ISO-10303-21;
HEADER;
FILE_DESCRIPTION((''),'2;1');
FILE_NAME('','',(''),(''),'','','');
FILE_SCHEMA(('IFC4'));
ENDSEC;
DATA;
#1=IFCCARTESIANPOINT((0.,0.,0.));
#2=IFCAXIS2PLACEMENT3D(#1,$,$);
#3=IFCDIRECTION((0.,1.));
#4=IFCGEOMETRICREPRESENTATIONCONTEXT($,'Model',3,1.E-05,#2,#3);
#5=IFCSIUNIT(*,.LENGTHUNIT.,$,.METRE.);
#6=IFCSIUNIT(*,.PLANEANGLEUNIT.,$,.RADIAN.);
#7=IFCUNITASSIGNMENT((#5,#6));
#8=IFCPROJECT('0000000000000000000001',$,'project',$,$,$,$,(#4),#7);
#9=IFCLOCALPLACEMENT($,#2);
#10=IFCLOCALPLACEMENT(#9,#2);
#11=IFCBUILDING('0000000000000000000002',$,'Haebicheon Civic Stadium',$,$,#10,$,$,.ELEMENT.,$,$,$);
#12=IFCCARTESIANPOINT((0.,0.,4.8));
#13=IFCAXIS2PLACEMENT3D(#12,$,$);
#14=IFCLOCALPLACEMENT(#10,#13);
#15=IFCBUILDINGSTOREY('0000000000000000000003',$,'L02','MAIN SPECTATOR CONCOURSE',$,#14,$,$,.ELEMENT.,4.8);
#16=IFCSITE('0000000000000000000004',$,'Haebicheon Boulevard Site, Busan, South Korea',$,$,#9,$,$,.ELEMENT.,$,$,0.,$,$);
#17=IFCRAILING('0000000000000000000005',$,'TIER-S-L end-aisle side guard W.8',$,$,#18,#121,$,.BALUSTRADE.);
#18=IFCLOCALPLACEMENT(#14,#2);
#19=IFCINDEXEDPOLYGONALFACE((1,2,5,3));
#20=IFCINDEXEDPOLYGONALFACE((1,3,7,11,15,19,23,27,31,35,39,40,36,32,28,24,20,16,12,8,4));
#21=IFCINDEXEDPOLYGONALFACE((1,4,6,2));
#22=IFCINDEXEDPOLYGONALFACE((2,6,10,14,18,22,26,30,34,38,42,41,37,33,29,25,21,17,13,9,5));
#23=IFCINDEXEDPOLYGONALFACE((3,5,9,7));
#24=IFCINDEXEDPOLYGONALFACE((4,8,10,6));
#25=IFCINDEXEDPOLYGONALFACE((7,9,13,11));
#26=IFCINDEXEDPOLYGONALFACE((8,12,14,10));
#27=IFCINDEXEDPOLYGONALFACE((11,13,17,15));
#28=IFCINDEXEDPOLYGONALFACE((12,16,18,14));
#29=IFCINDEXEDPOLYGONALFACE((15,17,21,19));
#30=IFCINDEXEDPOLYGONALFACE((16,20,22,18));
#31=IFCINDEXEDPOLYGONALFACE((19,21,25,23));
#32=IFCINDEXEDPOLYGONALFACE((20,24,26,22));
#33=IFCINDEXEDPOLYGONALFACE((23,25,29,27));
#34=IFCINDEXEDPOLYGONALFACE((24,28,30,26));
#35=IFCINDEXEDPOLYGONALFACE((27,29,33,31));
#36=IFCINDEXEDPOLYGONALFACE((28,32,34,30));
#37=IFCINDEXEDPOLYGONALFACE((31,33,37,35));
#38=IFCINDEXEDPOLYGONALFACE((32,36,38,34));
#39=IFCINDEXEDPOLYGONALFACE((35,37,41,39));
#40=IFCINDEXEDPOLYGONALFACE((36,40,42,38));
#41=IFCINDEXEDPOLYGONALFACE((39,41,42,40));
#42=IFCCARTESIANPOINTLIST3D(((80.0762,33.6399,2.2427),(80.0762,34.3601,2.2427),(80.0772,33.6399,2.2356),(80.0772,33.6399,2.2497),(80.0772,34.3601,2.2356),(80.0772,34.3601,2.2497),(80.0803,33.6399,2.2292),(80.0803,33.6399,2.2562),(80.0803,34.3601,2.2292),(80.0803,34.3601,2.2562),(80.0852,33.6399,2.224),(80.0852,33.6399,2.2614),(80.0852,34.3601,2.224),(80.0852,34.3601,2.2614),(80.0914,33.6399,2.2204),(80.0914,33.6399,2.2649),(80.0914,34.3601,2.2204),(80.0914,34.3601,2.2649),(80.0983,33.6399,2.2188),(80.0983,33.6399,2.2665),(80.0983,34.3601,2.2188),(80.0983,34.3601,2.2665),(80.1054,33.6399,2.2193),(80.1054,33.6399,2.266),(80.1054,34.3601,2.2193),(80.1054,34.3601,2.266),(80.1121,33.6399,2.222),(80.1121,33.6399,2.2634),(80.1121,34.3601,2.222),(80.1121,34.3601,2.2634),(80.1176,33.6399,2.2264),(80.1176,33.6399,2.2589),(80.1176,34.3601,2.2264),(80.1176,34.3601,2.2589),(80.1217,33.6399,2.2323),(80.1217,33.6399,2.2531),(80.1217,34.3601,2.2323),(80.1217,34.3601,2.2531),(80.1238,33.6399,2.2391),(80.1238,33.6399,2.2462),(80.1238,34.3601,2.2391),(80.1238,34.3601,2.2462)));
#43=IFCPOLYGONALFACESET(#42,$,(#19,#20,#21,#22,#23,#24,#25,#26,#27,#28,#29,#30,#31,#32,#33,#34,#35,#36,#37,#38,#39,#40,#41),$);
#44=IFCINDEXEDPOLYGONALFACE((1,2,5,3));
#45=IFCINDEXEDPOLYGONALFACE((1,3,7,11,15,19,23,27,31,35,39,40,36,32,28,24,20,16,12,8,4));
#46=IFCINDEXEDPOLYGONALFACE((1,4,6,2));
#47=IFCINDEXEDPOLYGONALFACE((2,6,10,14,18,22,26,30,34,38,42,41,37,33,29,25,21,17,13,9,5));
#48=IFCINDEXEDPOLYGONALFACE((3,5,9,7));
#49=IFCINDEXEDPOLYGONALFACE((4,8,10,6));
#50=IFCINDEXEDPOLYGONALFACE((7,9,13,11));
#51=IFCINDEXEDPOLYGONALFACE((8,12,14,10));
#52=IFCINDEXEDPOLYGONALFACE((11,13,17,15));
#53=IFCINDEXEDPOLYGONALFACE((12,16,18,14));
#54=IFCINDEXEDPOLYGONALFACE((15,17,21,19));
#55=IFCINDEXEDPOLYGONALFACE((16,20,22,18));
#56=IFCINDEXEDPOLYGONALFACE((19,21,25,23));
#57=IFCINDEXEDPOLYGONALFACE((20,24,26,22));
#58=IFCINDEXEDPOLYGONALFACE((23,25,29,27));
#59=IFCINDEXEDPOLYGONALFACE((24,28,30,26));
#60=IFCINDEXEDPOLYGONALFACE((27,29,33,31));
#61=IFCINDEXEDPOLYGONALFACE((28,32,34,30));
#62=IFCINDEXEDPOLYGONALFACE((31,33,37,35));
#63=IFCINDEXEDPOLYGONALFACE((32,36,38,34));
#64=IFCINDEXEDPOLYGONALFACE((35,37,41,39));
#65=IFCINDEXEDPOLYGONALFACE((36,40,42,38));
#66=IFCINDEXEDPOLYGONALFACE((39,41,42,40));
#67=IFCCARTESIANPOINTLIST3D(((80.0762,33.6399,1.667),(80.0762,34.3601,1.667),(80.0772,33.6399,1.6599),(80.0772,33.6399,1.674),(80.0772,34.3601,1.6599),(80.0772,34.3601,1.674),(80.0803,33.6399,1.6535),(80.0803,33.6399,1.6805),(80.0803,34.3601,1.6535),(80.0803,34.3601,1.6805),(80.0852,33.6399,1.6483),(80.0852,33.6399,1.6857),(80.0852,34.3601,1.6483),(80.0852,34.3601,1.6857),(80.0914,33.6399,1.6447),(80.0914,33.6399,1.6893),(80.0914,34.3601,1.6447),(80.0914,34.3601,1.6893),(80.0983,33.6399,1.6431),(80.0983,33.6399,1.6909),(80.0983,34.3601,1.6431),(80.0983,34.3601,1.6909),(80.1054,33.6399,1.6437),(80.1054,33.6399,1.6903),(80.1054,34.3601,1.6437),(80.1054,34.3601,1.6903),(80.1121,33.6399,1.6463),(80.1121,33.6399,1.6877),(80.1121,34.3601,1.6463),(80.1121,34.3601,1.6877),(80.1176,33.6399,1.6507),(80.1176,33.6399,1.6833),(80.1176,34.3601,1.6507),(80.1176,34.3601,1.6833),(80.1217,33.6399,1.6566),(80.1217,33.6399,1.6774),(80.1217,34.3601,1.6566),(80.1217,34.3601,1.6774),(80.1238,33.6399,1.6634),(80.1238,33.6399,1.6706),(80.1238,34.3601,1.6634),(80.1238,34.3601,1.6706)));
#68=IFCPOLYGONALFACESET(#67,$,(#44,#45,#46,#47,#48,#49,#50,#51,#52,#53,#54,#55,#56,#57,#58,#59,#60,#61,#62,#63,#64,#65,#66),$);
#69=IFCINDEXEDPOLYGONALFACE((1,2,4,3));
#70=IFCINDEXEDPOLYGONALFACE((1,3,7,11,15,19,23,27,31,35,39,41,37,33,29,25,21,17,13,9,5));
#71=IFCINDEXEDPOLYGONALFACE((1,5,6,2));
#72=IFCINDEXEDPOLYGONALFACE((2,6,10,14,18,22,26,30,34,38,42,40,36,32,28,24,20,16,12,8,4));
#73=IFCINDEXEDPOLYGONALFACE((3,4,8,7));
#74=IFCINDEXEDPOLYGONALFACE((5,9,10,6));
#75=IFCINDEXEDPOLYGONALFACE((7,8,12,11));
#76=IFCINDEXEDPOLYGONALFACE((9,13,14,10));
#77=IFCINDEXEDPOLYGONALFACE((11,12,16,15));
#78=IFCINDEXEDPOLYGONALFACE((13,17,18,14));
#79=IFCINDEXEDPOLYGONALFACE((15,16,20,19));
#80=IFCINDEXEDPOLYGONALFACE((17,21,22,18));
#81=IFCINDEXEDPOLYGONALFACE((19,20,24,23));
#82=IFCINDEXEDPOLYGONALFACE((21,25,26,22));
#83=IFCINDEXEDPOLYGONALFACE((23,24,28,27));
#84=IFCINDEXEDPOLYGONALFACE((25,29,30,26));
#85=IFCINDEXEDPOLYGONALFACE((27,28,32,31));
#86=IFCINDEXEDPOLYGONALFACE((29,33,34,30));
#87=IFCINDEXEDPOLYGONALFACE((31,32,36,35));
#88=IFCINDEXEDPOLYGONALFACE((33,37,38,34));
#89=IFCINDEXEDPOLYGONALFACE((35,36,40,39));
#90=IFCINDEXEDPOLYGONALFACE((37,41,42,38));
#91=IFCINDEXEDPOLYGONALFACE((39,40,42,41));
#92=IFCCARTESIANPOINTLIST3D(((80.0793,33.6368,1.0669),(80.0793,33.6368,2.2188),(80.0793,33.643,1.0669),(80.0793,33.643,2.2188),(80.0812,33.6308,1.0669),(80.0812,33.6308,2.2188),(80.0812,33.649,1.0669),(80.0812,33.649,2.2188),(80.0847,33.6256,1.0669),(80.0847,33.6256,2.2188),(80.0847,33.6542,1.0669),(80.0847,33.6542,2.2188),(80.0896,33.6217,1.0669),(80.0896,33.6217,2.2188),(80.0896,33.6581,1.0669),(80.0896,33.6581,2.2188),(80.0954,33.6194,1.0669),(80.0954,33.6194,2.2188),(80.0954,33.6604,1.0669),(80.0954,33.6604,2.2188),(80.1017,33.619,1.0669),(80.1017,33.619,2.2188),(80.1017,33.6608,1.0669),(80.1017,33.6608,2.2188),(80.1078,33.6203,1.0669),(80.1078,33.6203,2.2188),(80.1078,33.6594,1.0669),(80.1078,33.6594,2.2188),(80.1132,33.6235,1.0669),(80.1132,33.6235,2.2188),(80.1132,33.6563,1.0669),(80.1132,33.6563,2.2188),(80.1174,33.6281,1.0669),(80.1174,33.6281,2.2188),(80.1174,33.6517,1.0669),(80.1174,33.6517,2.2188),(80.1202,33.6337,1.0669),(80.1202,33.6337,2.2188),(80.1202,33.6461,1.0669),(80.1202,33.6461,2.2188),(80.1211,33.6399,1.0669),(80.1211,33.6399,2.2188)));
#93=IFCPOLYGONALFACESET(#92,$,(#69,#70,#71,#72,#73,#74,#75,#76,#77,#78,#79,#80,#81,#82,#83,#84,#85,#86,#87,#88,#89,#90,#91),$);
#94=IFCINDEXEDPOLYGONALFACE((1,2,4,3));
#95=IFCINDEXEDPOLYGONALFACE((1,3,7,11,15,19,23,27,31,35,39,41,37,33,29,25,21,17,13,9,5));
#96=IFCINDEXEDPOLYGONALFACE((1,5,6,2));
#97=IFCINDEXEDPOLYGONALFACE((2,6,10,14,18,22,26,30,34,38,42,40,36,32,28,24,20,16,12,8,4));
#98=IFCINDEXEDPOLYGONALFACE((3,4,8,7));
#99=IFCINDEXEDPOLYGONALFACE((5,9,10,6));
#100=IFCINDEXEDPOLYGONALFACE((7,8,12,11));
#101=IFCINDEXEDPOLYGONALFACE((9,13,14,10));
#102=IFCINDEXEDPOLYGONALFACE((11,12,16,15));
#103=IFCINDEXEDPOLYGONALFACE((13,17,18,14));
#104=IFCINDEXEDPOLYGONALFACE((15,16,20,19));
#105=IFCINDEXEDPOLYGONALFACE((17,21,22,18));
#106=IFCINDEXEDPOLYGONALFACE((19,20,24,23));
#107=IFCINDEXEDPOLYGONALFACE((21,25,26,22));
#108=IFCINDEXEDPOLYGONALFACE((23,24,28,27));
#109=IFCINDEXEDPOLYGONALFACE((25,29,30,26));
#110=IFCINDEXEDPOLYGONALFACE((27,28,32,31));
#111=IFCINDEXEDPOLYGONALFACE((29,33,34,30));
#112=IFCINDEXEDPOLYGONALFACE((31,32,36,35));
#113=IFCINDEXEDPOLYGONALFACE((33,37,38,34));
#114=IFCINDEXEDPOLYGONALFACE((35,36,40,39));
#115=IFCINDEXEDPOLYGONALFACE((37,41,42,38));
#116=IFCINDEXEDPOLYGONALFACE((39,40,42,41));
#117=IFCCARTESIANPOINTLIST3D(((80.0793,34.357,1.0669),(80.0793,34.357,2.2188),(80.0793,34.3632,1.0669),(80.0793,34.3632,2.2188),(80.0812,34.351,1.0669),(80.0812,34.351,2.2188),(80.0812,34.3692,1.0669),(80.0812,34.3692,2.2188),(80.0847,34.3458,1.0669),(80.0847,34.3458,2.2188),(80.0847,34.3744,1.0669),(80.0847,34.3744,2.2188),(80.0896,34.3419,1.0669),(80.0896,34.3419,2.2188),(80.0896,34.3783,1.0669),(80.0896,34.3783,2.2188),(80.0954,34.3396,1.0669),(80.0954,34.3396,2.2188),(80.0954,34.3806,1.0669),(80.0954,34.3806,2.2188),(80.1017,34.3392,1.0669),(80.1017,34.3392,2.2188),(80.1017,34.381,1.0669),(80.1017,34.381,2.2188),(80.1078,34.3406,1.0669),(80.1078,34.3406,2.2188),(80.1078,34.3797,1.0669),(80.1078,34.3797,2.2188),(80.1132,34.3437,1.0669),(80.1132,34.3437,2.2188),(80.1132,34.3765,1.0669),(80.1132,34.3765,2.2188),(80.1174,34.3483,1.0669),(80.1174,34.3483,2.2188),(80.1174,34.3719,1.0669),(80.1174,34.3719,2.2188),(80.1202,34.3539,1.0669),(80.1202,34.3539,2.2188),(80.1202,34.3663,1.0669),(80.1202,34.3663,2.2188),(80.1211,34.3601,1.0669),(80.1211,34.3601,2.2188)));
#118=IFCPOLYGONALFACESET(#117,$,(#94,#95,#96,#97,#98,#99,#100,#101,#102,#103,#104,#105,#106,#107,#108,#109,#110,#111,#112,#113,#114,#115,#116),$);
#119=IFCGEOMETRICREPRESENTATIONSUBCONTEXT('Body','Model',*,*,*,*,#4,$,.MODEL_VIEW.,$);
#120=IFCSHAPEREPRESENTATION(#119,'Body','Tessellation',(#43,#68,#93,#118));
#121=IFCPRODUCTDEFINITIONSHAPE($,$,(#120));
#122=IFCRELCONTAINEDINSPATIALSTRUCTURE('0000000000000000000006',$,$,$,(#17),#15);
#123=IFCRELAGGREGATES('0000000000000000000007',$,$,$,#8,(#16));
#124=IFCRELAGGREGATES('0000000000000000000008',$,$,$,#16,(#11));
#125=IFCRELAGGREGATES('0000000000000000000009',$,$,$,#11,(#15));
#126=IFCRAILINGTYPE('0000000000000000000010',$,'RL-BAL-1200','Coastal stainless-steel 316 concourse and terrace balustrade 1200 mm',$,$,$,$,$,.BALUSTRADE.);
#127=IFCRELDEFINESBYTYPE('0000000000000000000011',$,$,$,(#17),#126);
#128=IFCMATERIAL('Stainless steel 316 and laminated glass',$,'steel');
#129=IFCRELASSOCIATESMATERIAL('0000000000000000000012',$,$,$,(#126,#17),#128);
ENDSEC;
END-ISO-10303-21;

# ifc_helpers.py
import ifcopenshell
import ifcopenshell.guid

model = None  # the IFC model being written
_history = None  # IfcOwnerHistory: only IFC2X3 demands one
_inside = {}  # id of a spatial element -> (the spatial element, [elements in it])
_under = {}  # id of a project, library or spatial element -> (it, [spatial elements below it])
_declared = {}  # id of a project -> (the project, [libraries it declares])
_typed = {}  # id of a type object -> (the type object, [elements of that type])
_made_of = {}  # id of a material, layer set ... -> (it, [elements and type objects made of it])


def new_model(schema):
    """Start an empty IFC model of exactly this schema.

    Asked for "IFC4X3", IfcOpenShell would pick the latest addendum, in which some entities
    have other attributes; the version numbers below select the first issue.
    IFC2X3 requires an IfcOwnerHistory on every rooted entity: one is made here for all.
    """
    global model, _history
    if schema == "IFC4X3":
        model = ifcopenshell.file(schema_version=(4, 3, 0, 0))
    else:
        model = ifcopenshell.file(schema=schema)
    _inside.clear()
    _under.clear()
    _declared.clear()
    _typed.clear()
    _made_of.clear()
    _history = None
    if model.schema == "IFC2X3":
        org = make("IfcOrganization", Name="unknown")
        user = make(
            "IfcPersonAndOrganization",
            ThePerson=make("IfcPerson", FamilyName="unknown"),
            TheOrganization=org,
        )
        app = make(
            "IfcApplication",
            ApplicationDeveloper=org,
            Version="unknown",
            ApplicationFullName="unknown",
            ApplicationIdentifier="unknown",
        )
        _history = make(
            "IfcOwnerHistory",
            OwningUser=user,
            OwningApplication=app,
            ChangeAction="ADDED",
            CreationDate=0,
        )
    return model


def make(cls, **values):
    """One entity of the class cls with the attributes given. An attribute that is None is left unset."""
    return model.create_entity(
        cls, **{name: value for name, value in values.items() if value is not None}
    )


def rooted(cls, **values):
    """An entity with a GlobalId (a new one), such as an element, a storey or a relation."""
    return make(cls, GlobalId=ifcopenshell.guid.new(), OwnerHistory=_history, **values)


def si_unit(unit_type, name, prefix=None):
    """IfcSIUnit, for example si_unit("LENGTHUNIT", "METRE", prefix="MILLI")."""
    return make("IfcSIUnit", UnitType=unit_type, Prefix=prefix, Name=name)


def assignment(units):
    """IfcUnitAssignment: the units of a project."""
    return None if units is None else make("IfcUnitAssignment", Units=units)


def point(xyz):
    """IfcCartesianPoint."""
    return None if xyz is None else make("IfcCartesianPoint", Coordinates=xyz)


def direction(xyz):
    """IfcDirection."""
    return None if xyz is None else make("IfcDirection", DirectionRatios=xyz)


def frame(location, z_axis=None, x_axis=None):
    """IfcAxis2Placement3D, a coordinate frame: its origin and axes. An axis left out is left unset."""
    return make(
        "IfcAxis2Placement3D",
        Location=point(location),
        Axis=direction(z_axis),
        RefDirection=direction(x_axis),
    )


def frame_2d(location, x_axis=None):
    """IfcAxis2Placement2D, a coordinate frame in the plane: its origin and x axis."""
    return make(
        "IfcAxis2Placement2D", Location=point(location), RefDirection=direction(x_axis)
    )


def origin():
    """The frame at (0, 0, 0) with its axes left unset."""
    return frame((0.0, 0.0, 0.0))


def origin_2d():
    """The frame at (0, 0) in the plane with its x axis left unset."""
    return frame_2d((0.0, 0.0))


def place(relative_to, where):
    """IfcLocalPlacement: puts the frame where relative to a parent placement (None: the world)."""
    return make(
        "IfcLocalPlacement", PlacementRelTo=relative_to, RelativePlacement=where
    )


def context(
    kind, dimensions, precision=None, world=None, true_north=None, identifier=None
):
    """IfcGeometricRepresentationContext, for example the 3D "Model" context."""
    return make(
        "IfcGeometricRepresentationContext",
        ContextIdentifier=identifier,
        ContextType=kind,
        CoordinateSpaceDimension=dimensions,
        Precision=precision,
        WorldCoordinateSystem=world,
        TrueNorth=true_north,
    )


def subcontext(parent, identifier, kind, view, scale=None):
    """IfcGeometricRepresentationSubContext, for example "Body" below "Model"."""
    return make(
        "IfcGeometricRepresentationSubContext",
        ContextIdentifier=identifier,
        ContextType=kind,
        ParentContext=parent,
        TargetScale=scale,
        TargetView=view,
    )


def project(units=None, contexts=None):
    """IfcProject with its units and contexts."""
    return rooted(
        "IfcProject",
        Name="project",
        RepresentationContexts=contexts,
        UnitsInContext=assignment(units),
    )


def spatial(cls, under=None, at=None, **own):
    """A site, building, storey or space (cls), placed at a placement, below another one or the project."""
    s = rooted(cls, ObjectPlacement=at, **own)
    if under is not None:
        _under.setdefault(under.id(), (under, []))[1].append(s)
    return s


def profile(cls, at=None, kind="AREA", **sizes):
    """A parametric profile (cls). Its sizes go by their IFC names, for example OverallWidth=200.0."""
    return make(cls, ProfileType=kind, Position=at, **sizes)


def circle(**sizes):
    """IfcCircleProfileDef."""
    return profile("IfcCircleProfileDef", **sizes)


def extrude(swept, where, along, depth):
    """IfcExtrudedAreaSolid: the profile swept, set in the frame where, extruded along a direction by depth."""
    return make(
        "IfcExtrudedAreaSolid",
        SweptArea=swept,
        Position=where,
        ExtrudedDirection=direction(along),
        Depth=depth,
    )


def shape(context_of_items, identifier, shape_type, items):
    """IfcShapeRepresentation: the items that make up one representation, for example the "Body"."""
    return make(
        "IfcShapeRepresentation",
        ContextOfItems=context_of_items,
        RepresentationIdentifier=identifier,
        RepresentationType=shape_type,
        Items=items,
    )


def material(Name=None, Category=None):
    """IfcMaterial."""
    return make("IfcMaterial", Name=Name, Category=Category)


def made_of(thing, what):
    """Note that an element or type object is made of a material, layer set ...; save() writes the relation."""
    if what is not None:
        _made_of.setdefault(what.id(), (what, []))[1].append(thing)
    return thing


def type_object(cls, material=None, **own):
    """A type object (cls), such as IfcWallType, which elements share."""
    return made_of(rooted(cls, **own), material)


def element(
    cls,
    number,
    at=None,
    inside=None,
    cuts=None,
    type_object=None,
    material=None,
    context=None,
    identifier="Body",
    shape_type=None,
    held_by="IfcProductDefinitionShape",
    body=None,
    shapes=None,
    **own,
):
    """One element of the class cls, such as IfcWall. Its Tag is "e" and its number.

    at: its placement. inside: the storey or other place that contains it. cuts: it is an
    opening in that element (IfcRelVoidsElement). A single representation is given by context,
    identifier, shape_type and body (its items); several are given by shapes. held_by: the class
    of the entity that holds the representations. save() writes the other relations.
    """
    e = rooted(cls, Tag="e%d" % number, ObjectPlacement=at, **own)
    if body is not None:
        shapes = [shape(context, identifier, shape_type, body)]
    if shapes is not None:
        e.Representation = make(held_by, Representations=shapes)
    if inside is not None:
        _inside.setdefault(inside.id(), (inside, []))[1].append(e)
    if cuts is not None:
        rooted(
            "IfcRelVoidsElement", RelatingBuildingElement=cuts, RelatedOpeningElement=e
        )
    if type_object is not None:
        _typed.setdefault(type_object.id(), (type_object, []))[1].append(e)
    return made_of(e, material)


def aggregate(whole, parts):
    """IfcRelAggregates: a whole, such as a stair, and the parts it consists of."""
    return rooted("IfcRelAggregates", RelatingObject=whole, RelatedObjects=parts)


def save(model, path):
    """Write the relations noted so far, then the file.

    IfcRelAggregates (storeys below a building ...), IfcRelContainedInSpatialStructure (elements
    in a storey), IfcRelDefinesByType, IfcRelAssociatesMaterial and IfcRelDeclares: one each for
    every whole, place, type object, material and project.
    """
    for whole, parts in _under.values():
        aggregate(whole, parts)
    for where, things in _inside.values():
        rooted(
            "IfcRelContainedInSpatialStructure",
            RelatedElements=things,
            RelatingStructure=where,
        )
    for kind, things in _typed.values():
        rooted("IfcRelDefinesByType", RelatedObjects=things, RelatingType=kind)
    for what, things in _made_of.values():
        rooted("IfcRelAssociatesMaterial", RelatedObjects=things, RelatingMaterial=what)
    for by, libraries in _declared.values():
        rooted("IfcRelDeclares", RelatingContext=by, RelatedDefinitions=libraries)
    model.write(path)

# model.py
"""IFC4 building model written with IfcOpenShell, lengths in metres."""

from ifc_helpers import new_model, si_unit, direction, frame, origin, origin_2d, place, context, subcontext, project, spatial, circle, extrude, material, type_object, element, save


model = new_model("IFC4")

# Units and contexts
model_context = context("Model", 3, precision=1e-05, world=origin(), true_north=direction((0.0, 1.0)))
body_context = subcontext(model_context, "Body", "Model", "MODEL_VIEW")
ifc_project = project(units=[si_unit("LENGTHUNIT", "METRE"), si_unit("PLANEANGLEUNIT", "RADIAN")], contexts=[model_context])

# Site, building, storey
site_placement = place(None, origin())
site = spatial("IfcSite", under=ifc_project, at=site_placement, Name="Haebicheon Boulevard Site, Busan, South Korea", CompositionType="ELEMENT", RefElevation=0.0)
building_placement = place(site_placement, origin())
building = spatial("IfcBuilding", under=site, at=building_placement, Name="Haebicheon Civic Stadium", CompositionType="ELEMENT")
storey_placement = place(building_placement, frame((0.0, 0.0, 4.8)))
storey = spatial("IfcBuildingStorey", under=building, at=storey_placement, Name="L02", Description="MAIN SPECTATOR CONCOURSE", CompositionType="ELEMENT", Elevation=4.8)

# Railing
ifc_material_1 = material(Name="Stainless steel 316 and laminated glass", Category="steel")
railing_type = type_object("IfcRailingType", Name="RL-BAL-1200", Description="Coastal stainless-steel 316 concourse and terrace balustrade 1200 mm", PredefinedType="BALUSTRADE", material=ifc_material_1)
railing_1_placement = place(storey_placement, frame((80.1001, 33.6399, 1.0669)))
element("IfcRailing", 1, at=railing_1_placement, inside=storey, type_object=railing_type, material=ifc_material_1, Name="TIER-S-L end-aisle side guard W.8", PredefinedType="BALUSTRADE", context=body_context, shape_type="SweptSolid", body=[
    extrude(circle(Radius=0.0239, at=origin_2d()), frame((0.0, 0.0, 1.1758), z_axis=(0.0, 1.0, 0.0), x_axis=(-1.0, 0.0, 0.0)), (0.0, 0.0, 1.0), 0.7202),
    extrude(circle(Radius=0.0239, at=origin_2d()), frame((0.0, 0.0, 0.6001), z_axis=(0.0, 1.0, 0.0), x_axis=(-1.0, 0.0, 0.0)), (0.0, 0.0, 1.0), 0.7202),
    extrude(circle(Radius=0.021, at=origin_2d()), origin(), (0.0, 0.0, 1.0), 1.1519),
    extrude(circle(Radius=0.021, at=origin_2d()), frame((0.0, 0.7202, 0.0)), (0.0, 0.0, 1.0), 1.1519),
])

save(model, "model.ifc")
